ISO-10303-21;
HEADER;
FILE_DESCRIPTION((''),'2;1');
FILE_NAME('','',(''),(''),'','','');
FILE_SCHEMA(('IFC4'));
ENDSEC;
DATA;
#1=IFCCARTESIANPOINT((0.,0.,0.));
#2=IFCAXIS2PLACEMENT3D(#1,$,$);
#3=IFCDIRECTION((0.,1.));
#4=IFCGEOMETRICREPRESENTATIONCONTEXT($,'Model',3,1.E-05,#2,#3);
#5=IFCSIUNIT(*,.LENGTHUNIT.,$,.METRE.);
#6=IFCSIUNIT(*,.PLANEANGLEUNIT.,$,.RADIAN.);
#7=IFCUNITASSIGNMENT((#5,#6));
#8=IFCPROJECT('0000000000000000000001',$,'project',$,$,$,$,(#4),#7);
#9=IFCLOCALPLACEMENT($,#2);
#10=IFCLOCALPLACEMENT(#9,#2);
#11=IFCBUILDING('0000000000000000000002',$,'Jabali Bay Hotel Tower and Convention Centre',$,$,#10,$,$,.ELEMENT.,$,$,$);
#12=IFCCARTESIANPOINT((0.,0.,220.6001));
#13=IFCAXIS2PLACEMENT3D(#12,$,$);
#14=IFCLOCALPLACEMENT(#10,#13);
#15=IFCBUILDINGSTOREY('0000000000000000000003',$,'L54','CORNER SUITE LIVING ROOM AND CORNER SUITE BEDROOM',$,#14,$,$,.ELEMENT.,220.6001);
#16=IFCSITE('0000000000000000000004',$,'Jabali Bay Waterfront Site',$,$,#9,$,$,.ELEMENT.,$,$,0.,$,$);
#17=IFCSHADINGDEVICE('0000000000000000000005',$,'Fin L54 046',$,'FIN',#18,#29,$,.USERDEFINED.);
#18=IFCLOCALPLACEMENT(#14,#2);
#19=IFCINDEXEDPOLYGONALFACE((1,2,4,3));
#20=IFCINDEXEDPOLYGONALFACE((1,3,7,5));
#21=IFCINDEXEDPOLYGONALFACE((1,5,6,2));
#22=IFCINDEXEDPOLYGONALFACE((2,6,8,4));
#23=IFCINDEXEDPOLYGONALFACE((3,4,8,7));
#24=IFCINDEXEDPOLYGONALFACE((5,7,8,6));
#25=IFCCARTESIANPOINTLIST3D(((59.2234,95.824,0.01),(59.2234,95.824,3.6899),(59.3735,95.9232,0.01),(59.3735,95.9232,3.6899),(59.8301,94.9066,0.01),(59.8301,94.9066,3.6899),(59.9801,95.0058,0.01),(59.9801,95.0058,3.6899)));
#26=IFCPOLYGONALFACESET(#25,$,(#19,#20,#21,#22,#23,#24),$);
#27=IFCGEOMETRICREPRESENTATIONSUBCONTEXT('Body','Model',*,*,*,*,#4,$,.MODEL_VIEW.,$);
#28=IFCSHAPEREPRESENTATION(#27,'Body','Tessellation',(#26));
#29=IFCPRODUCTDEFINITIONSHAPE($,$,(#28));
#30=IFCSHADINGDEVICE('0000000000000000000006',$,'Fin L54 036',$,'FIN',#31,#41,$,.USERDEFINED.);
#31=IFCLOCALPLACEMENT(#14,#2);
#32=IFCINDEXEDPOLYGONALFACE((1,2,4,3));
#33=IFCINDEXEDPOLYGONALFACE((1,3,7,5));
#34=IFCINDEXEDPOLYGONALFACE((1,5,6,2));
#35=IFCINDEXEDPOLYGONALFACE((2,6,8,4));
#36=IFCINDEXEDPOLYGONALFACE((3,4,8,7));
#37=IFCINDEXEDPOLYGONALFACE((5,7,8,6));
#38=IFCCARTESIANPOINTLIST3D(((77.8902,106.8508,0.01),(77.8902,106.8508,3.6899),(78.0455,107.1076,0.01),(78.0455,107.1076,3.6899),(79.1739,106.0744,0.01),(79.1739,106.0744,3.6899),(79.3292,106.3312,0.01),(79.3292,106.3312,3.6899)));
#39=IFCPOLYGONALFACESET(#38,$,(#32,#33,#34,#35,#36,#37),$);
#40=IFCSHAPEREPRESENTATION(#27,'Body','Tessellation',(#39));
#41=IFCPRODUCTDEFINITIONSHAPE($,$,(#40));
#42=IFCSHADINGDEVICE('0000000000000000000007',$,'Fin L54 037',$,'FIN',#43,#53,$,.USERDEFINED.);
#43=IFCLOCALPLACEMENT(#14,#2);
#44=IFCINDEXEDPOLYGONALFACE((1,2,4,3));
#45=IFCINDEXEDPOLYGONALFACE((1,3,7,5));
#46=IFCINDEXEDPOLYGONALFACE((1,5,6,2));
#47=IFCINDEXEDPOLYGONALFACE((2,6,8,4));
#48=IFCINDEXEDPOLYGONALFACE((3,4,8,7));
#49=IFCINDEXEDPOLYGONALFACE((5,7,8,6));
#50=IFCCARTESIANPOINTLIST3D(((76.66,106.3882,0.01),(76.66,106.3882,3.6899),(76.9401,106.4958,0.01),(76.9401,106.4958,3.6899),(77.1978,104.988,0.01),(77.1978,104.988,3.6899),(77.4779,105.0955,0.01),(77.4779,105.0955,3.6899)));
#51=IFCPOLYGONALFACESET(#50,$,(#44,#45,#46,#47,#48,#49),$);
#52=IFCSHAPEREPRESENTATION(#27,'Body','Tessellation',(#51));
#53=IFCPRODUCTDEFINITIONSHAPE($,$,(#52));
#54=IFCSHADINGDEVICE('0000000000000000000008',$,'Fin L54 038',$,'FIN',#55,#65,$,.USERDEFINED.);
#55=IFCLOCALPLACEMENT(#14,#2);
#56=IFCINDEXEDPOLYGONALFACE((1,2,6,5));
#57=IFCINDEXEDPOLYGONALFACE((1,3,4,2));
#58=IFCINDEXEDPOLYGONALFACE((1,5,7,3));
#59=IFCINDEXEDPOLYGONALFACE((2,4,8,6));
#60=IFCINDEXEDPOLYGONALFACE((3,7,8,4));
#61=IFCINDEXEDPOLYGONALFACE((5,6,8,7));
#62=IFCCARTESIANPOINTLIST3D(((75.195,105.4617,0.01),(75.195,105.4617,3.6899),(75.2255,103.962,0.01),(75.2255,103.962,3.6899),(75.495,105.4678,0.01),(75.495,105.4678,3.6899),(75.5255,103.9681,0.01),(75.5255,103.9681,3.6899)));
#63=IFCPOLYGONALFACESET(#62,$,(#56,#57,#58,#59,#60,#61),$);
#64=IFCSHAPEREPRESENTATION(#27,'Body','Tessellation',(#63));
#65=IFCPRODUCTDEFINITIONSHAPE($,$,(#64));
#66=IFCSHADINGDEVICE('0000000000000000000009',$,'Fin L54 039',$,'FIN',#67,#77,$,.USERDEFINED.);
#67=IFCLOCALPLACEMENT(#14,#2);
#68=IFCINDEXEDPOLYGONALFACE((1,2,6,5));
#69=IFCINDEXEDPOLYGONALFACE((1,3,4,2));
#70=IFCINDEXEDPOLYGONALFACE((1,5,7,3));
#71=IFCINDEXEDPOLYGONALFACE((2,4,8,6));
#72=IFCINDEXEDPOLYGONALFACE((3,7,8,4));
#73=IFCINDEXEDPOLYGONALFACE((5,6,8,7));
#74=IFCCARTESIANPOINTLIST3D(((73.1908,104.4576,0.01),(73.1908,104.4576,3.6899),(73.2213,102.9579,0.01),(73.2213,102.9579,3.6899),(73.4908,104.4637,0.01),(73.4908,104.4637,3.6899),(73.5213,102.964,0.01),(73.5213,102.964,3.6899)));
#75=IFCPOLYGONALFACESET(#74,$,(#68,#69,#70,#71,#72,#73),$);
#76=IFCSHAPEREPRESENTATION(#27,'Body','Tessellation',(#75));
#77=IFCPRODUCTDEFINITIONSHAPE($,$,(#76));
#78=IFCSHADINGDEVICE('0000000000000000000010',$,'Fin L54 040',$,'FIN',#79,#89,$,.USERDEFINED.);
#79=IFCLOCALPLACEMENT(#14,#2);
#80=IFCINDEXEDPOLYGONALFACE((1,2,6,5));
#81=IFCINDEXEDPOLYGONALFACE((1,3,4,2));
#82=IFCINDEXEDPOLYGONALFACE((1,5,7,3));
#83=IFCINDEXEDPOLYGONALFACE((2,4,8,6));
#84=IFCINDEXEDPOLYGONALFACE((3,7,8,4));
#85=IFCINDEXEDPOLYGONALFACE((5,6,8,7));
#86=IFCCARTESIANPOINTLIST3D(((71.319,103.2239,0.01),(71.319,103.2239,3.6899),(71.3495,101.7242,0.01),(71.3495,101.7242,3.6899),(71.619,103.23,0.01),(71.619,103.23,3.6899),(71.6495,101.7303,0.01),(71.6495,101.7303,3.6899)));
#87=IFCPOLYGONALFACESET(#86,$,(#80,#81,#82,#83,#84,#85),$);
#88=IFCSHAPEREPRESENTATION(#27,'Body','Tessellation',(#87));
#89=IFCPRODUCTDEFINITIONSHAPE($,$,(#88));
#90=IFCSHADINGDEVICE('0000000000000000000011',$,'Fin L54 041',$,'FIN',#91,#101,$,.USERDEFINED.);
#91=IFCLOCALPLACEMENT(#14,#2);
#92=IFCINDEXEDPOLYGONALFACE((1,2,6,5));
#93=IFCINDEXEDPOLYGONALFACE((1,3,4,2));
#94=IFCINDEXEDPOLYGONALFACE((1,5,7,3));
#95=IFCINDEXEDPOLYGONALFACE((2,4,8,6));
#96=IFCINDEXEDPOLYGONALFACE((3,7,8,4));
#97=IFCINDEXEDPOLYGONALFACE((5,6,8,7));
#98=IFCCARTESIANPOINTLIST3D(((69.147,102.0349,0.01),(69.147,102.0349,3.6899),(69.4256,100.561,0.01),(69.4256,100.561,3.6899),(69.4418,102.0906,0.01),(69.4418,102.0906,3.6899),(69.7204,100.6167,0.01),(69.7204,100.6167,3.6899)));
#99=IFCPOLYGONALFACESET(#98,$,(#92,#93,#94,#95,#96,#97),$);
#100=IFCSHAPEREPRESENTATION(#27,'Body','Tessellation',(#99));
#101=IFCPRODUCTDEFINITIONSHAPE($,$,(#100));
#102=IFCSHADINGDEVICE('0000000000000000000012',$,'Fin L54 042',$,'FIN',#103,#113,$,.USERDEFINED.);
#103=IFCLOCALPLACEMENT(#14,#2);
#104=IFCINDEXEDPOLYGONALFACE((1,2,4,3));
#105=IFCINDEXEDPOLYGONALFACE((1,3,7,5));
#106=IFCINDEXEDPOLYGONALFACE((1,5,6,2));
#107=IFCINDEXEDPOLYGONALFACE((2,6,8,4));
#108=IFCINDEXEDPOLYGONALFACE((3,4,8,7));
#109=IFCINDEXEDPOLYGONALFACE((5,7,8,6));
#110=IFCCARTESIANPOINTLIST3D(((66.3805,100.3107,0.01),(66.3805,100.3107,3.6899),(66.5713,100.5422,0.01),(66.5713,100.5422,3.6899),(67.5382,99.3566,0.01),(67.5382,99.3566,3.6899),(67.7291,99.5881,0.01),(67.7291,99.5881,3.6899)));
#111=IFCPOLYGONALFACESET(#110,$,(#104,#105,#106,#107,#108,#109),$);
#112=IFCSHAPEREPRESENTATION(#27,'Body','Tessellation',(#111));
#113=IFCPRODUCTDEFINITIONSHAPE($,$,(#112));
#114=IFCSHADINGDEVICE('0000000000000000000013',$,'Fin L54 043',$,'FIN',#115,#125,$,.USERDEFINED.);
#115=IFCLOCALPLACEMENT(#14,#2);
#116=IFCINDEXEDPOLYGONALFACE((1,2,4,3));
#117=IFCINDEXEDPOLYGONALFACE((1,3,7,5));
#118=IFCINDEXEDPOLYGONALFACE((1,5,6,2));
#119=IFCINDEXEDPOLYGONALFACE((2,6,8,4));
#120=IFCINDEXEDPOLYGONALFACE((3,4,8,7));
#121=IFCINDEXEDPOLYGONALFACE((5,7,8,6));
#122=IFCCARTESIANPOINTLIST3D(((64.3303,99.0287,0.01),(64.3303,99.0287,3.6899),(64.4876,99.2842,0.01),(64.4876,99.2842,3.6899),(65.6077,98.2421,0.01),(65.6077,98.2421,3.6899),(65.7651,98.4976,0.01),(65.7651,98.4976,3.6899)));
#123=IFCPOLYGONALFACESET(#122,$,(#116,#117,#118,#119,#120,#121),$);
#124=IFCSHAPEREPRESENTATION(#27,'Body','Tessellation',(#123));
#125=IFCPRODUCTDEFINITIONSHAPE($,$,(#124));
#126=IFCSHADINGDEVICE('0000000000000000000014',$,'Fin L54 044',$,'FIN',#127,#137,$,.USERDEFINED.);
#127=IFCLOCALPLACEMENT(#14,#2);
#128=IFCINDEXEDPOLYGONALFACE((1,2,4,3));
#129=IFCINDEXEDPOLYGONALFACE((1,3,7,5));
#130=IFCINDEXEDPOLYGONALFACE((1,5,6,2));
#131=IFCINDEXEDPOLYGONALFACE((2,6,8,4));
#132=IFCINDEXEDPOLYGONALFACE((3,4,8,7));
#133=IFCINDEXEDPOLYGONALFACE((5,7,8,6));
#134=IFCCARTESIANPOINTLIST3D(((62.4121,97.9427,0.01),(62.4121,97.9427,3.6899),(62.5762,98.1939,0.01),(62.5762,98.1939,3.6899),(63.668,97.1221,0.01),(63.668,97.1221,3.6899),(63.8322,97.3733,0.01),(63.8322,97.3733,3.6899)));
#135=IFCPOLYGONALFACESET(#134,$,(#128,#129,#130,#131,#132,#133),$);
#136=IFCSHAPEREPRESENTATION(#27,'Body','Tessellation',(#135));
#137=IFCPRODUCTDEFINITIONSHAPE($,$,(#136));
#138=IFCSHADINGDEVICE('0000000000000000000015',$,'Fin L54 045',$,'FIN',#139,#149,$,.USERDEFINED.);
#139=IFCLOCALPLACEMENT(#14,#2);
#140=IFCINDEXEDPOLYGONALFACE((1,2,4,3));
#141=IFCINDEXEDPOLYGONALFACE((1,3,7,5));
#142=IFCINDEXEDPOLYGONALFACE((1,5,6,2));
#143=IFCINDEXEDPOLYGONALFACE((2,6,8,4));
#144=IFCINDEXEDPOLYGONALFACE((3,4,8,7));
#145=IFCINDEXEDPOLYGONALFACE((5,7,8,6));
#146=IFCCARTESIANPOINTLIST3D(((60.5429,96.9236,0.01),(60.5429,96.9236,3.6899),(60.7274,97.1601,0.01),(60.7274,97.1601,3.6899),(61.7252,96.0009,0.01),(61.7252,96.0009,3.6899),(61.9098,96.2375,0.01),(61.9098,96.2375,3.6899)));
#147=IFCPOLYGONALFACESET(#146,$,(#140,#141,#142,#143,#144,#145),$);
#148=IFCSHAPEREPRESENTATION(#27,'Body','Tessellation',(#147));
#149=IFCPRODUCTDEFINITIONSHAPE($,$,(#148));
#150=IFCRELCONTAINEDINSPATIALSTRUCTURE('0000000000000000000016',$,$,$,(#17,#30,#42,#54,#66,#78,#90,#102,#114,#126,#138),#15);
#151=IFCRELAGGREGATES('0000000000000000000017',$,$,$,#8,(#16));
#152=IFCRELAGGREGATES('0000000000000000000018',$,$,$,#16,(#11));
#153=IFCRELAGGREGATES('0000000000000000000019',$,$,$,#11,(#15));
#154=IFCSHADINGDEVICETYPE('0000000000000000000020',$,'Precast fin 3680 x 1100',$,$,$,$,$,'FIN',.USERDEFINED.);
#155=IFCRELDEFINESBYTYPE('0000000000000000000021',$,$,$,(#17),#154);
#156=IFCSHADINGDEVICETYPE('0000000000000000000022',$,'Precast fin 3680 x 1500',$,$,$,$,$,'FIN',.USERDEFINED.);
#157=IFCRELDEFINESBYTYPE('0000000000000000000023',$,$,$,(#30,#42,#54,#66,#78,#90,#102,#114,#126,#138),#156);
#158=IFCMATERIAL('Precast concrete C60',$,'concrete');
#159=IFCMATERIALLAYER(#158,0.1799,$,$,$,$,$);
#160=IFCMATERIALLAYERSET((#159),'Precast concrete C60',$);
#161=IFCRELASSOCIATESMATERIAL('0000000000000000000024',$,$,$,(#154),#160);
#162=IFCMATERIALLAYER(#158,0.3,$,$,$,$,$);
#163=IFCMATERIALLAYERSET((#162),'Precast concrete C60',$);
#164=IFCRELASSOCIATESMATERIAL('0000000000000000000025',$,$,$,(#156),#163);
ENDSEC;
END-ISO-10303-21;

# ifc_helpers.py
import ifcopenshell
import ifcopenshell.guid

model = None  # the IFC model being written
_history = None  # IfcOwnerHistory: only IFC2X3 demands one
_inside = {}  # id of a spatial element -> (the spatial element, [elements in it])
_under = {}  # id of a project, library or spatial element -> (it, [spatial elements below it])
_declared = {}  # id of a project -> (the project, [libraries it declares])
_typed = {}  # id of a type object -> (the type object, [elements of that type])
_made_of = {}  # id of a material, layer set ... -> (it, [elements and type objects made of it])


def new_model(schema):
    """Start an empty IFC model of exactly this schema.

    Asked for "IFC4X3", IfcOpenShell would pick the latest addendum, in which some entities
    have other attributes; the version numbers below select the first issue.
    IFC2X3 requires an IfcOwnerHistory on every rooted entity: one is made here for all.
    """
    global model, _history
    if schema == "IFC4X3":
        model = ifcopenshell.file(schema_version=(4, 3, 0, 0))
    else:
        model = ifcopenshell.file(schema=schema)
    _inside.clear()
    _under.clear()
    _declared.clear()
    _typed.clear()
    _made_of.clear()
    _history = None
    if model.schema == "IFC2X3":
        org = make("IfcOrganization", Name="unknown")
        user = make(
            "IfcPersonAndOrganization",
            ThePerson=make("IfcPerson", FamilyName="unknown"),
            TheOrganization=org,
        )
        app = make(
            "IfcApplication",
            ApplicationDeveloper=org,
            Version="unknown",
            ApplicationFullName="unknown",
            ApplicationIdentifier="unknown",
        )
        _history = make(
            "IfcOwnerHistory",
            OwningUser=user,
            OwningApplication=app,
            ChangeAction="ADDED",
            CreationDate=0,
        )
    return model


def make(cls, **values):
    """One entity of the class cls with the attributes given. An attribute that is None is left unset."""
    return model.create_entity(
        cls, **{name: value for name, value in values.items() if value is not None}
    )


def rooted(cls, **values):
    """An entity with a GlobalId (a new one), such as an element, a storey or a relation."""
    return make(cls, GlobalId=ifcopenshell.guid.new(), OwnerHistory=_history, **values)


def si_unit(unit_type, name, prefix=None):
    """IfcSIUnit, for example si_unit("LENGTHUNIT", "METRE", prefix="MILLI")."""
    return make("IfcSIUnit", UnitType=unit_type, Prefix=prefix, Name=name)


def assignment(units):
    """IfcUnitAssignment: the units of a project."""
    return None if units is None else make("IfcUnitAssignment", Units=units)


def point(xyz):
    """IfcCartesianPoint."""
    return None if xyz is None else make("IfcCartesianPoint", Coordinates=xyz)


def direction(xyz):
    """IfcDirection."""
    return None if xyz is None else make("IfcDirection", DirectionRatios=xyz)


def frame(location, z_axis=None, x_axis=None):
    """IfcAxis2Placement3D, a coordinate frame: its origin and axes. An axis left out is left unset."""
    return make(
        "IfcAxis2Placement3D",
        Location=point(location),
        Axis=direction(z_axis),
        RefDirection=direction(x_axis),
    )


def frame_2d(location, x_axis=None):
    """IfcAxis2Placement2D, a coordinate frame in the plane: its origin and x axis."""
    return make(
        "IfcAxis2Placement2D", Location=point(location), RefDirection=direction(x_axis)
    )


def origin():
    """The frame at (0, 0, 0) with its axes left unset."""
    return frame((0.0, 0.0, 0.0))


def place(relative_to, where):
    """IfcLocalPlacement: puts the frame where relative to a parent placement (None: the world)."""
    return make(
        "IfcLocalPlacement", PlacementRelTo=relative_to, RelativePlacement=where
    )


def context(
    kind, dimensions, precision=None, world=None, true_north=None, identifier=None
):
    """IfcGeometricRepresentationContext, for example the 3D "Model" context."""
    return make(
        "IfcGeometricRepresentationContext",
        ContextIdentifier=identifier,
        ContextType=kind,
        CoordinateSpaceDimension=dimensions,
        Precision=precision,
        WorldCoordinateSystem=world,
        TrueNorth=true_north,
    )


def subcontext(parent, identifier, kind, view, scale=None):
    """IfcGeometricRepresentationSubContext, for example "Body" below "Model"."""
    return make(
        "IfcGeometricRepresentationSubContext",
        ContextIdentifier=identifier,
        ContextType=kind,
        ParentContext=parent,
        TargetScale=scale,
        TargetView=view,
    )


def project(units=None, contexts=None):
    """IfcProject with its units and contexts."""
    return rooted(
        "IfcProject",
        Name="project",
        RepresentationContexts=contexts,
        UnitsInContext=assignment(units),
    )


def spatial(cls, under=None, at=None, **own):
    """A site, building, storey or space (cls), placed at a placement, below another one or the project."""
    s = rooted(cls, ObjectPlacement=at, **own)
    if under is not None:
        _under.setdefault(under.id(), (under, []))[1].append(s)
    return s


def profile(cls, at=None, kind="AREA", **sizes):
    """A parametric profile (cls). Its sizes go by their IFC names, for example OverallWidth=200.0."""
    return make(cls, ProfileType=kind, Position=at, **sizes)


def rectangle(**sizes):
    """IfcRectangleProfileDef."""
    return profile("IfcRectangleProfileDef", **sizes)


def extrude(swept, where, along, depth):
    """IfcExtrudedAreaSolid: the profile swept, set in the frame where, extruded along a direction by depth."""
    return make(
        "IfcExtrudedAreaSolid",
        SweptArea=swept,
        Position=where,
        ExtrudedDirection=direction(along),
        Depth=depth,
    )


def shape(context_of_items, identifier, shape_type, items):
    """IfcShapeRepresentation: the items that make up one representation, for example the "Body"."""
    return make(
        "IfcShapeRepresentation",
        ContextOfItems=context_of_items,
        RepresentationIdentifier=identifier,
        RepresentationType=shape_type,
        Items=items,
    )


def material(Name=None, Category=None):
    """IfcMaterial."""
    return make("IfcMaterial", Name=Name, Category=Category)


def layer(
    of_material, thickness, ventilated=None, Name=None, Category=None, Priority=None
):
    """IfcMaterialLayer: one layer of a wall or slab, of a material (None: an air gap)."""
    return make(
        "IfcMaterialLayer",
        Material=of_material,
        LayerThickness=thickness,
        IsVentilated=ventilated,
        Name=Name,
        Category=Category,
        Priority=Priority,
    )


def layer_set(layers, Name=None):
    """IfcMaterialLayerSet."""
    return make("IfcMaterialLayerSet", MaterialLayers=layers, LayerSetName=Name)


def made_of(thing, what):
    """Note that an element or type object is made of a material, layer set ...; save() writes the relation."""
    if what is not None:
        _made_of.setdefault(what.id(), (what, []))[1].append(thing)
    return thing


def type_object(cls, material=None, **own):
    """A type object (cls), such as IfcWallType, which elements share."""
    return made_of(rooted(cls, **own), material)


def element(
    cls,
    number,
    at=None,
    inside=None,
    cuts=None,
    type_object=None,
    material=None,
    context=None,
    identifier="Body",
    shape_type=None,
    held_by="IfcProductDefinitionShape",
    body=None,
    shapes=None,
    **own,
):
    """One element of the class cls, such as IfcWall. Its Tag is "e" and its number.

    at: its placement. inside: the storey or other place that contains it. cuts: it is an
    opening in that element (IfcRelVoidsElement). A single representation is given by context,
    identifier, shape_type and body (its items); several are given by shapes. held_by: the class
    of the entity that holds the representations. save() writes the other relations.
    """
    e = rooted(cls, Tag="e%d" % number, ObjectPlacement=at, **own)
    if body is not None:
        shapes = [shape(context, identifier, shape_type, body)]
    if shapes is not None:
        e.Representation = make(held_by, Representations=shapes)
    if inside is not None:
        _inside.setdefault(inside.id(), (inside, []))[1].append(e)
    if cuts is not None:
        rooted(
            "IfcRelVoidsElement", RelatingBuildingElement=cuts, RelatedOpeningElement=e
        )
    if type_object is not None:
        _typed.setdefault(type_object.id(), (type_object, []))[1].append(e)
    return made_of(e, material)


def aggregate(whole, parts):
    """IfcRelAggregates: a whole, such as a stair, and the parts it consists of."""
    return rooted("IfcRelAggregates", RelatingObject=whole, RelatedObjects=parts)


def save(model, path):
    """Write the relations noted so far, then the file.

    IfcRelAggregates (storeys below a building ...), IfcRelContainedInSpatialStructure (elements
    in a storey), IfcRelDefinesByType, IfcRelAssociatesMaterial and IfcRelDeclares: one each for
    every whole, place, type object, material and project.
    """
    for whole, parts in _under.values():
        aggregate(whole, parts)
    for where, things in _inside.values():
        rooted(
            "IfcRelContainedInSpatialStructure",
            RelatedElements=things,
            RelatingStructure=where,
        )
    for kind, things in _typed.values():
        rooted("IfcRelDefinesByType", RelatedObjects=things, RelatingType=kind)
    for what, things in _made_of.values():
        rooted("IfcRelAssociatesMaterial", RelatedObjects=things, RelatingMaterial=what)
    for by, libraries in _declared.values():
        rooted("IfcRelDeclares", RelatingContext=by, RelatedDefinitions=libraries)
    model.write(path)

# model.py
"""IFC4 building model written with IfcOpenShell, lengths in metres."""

from ifc_helpers import new_model, si_unit, direction, frame, frame_2d, origin, place, context, subcontext, project, spatial, rectangle, extrude, material, layer, layer_set, type_object, element, save


model = new_model("IFC4")

# Units and contexts
model_context = context("Model", 3, precision=1e-05, world=origin(), true_north=direction((0.0, 1.0)))
body_context = subcontext(model_context, "Body", "Model", "MODEL_VIEW")
ifc_project = project(units=[si_unit("LENGTHUNIT", "METRE"), si_unit("PLANEANGLEUNIT", "RADIAN")], contexts=[model_context])

# Site, building, storey
site_placement = place(None, origin())
site = spatial("IfcSite", under=ifc_project, at=site_placement, Name="Jabali Bay Waterfront Site", CompositionType="ELEMENT", RefElevation=0.0)
building_placement = place(site_placement, origin())
building = spatial("IfcBuilding", under=site, at=building_placement, Name="Jabali Bay Hotel Tower and Convention Centre", CompositionType="ELEMENT")
storey_placement = place(building_placement, frame((0.0, 0.0, 220.6001)))
storey = spatial("IfcBuildingStorey", under=building, at=storey_placement, Name="L54", Description="CORNER SUITE LIVING ROOM AND CORNER SUITE BEDROOM", CompositionType="ELEMENT", Elevation=220.6001)

# Shading devices
ifc_material_1 = material(Name="Precast concrete C60", Category="concrete")
ifc_layer_1 = layer(ifc_material_1, 0.1799)
ifc_layer_set_1 = layer_set([ifc_layer_1], Name="Precast concrete C60")
shading_device_type_1 = type_object("IfcShadingDeviceType", Name="Precast fin 3680 x 1100", ElementType="FIN", PredefinedType="USERDEFINED", material=ifc_layer_set_1)
shading_device_1_placement = place(storey_placement, frame((59.905, 94.9563, 0.01), z_axis=(0.0, 0.0, 1.0), x_axis=(-0.551572, 0.834127, 0.0)))
element("IfcShadingDevice", 1, at=shading_device_1_placement, inside=storey, type_object=shading_device_type_1, Name="Fin L54 046", ObjectType="FIN", PredefinedType="USERDEFINED", context=body_context, shape_type="SweptSolid", body=[
    extrude(rectangle(XDim=1.0999, YDim=0.1799, at=frame_2d((0.5498, 0.0))), origin(), (0.0, 0.0, 1.0), 3.6799),
])
ifc_layer_2 = layer(ifc_material_1, 0.3)
ifc_layer_set_2 = layer_set([ifc_layer_2], Name="Precast concrete C60")
shading_device_type_2 = type_object("IfcShadingDeviceType", Name="Precast fin 3680 x 1500", ElementType="FIN", PredefinedType="USERDEFINED", material=ifc_layer_set_2)
shading_device_2_placement = place(storey_placement, frame((79.2515, 106.2029, 0.01), z_axis=(0.0, 0.0, 1.0), x_axis=(-0.855678, 0.517508, 0.0)))
element("IfcShadingDevice", 2, at=shading_device_2_placement, inside=storey, type_object=shading_device_type_2, Name="Fin L54 036", ObjectType="FIN", PredefinedType="USERDEFINED", context=body_context, shape_type="SweptSolid", body=[
    extrude(rectangle(XDim=1.5002, YDim=0.3, at=frame_2d((0.75, 0.0))), origin(), (0.0, 0.0, 1.0), 3.6799),
])
for number, where, z_axis, x_axis, name in (
    (3, (77.3379, 105.0417, 0.01), (0.0, 0.0, 1.0), (-0.358586, 0.933497, 0.0), "Fin L54 037"),
    (4, (75.3755, 103.9651, 0.01), (0.0, 0.0, 1.0), (-0.020344, 0.999793, 0.0), "Fin L54 038"),
    (5, (73.3713, 102.9609, 0.01), (0.0, 0.0, 1.0), (-0.020344, 0.999793, 0.0), "Fin L54 039"),
    (6, (71.4995, 101.7273, 0.01), (0.0, 0.0, 1.0), (-0.020344, 0.999793, 0.0), "Fin L54 040"),
    (7, (69.573, 100.5889, 0.01), (0.0, 0.0, 1.0), (-0.185713, 0.982604, 0.0), "Fin L54 041"),
):
    element("IfcShadingDevice", number, at=place(storey_placement, frame(where, z_axis=z_axis, x_axis=x_axis)), inside=storey, type_object=shading_device_type_2, Name=name, ObjectType="FIN", PredefinedType="USERDEFINED", context=body_context, shape_type="SweptSolid", body=[
        extrude(rectangle(XDim=1.5, YDim=0.3, at=frame_2d((0.75, 0.0))), origin(), (0.0, 0.0, 1.0), 3.6799),
    ])
for number, where, z_axis, x_axis, name in (
    (8, (67.6335, 99.4724, 0.01), (0.0, 0.0, 1.0), (-0.771705, 0.635981, 0.0), "Fin L54 042"),
    (9, (65.6863, 98.3699, 0.01), (0.0, 0.0, 1.0), (-0.851491, 0.52437, 0.0), "Fin L54 043"),
    (10, (63.75, 97.2478, 0.01), (0.0, 0.0, 1.0), (-0.837147, 0.546977, 0.0), "Fin L54 044"),
):
    element("IfcShadingDevice", number, at=place(storey_placement, frame(where, z_axis=z_axis, x_axis=x_axis)), inside=storey, type_object=shading_device_type_2, Name=name, ObjectType="FIN", PredefinedType="USERDEFINED", context=body_context, shape_type="SweptSolid", body=[
        extrude(rectangle(XDim=1.5002, YDim=0.3, at=frame_2d((0.75, 0.0))), origin(), (0.0, 0.0, 1.0), 3.6799),
    ])
shading_device_3_placement = place(storey_placement, frame((61.8176, 96.1191, 0.01), z_axis=(0.0, 0.0, 1.0), x_axis=(-0.788387, 0.61518, 0.0)))
element("IfcShadingDevice", 11, at=shading_device_3_placement, inside=storey, type_object=shading_device_type_2, Name="Fin L54 045", ObjectType="FIN", PredefinedType="USERDEFINED", context=body_context, shape_type="SweptSolid", body=[
    extrude(rectangle(XDim=1.4998, YDim=0.3, at=frame_2d((0.75, 0.0))), origin(), (0.0, 0.0, 1.0), 3.6799),
])

save(model, "model.ifc")
